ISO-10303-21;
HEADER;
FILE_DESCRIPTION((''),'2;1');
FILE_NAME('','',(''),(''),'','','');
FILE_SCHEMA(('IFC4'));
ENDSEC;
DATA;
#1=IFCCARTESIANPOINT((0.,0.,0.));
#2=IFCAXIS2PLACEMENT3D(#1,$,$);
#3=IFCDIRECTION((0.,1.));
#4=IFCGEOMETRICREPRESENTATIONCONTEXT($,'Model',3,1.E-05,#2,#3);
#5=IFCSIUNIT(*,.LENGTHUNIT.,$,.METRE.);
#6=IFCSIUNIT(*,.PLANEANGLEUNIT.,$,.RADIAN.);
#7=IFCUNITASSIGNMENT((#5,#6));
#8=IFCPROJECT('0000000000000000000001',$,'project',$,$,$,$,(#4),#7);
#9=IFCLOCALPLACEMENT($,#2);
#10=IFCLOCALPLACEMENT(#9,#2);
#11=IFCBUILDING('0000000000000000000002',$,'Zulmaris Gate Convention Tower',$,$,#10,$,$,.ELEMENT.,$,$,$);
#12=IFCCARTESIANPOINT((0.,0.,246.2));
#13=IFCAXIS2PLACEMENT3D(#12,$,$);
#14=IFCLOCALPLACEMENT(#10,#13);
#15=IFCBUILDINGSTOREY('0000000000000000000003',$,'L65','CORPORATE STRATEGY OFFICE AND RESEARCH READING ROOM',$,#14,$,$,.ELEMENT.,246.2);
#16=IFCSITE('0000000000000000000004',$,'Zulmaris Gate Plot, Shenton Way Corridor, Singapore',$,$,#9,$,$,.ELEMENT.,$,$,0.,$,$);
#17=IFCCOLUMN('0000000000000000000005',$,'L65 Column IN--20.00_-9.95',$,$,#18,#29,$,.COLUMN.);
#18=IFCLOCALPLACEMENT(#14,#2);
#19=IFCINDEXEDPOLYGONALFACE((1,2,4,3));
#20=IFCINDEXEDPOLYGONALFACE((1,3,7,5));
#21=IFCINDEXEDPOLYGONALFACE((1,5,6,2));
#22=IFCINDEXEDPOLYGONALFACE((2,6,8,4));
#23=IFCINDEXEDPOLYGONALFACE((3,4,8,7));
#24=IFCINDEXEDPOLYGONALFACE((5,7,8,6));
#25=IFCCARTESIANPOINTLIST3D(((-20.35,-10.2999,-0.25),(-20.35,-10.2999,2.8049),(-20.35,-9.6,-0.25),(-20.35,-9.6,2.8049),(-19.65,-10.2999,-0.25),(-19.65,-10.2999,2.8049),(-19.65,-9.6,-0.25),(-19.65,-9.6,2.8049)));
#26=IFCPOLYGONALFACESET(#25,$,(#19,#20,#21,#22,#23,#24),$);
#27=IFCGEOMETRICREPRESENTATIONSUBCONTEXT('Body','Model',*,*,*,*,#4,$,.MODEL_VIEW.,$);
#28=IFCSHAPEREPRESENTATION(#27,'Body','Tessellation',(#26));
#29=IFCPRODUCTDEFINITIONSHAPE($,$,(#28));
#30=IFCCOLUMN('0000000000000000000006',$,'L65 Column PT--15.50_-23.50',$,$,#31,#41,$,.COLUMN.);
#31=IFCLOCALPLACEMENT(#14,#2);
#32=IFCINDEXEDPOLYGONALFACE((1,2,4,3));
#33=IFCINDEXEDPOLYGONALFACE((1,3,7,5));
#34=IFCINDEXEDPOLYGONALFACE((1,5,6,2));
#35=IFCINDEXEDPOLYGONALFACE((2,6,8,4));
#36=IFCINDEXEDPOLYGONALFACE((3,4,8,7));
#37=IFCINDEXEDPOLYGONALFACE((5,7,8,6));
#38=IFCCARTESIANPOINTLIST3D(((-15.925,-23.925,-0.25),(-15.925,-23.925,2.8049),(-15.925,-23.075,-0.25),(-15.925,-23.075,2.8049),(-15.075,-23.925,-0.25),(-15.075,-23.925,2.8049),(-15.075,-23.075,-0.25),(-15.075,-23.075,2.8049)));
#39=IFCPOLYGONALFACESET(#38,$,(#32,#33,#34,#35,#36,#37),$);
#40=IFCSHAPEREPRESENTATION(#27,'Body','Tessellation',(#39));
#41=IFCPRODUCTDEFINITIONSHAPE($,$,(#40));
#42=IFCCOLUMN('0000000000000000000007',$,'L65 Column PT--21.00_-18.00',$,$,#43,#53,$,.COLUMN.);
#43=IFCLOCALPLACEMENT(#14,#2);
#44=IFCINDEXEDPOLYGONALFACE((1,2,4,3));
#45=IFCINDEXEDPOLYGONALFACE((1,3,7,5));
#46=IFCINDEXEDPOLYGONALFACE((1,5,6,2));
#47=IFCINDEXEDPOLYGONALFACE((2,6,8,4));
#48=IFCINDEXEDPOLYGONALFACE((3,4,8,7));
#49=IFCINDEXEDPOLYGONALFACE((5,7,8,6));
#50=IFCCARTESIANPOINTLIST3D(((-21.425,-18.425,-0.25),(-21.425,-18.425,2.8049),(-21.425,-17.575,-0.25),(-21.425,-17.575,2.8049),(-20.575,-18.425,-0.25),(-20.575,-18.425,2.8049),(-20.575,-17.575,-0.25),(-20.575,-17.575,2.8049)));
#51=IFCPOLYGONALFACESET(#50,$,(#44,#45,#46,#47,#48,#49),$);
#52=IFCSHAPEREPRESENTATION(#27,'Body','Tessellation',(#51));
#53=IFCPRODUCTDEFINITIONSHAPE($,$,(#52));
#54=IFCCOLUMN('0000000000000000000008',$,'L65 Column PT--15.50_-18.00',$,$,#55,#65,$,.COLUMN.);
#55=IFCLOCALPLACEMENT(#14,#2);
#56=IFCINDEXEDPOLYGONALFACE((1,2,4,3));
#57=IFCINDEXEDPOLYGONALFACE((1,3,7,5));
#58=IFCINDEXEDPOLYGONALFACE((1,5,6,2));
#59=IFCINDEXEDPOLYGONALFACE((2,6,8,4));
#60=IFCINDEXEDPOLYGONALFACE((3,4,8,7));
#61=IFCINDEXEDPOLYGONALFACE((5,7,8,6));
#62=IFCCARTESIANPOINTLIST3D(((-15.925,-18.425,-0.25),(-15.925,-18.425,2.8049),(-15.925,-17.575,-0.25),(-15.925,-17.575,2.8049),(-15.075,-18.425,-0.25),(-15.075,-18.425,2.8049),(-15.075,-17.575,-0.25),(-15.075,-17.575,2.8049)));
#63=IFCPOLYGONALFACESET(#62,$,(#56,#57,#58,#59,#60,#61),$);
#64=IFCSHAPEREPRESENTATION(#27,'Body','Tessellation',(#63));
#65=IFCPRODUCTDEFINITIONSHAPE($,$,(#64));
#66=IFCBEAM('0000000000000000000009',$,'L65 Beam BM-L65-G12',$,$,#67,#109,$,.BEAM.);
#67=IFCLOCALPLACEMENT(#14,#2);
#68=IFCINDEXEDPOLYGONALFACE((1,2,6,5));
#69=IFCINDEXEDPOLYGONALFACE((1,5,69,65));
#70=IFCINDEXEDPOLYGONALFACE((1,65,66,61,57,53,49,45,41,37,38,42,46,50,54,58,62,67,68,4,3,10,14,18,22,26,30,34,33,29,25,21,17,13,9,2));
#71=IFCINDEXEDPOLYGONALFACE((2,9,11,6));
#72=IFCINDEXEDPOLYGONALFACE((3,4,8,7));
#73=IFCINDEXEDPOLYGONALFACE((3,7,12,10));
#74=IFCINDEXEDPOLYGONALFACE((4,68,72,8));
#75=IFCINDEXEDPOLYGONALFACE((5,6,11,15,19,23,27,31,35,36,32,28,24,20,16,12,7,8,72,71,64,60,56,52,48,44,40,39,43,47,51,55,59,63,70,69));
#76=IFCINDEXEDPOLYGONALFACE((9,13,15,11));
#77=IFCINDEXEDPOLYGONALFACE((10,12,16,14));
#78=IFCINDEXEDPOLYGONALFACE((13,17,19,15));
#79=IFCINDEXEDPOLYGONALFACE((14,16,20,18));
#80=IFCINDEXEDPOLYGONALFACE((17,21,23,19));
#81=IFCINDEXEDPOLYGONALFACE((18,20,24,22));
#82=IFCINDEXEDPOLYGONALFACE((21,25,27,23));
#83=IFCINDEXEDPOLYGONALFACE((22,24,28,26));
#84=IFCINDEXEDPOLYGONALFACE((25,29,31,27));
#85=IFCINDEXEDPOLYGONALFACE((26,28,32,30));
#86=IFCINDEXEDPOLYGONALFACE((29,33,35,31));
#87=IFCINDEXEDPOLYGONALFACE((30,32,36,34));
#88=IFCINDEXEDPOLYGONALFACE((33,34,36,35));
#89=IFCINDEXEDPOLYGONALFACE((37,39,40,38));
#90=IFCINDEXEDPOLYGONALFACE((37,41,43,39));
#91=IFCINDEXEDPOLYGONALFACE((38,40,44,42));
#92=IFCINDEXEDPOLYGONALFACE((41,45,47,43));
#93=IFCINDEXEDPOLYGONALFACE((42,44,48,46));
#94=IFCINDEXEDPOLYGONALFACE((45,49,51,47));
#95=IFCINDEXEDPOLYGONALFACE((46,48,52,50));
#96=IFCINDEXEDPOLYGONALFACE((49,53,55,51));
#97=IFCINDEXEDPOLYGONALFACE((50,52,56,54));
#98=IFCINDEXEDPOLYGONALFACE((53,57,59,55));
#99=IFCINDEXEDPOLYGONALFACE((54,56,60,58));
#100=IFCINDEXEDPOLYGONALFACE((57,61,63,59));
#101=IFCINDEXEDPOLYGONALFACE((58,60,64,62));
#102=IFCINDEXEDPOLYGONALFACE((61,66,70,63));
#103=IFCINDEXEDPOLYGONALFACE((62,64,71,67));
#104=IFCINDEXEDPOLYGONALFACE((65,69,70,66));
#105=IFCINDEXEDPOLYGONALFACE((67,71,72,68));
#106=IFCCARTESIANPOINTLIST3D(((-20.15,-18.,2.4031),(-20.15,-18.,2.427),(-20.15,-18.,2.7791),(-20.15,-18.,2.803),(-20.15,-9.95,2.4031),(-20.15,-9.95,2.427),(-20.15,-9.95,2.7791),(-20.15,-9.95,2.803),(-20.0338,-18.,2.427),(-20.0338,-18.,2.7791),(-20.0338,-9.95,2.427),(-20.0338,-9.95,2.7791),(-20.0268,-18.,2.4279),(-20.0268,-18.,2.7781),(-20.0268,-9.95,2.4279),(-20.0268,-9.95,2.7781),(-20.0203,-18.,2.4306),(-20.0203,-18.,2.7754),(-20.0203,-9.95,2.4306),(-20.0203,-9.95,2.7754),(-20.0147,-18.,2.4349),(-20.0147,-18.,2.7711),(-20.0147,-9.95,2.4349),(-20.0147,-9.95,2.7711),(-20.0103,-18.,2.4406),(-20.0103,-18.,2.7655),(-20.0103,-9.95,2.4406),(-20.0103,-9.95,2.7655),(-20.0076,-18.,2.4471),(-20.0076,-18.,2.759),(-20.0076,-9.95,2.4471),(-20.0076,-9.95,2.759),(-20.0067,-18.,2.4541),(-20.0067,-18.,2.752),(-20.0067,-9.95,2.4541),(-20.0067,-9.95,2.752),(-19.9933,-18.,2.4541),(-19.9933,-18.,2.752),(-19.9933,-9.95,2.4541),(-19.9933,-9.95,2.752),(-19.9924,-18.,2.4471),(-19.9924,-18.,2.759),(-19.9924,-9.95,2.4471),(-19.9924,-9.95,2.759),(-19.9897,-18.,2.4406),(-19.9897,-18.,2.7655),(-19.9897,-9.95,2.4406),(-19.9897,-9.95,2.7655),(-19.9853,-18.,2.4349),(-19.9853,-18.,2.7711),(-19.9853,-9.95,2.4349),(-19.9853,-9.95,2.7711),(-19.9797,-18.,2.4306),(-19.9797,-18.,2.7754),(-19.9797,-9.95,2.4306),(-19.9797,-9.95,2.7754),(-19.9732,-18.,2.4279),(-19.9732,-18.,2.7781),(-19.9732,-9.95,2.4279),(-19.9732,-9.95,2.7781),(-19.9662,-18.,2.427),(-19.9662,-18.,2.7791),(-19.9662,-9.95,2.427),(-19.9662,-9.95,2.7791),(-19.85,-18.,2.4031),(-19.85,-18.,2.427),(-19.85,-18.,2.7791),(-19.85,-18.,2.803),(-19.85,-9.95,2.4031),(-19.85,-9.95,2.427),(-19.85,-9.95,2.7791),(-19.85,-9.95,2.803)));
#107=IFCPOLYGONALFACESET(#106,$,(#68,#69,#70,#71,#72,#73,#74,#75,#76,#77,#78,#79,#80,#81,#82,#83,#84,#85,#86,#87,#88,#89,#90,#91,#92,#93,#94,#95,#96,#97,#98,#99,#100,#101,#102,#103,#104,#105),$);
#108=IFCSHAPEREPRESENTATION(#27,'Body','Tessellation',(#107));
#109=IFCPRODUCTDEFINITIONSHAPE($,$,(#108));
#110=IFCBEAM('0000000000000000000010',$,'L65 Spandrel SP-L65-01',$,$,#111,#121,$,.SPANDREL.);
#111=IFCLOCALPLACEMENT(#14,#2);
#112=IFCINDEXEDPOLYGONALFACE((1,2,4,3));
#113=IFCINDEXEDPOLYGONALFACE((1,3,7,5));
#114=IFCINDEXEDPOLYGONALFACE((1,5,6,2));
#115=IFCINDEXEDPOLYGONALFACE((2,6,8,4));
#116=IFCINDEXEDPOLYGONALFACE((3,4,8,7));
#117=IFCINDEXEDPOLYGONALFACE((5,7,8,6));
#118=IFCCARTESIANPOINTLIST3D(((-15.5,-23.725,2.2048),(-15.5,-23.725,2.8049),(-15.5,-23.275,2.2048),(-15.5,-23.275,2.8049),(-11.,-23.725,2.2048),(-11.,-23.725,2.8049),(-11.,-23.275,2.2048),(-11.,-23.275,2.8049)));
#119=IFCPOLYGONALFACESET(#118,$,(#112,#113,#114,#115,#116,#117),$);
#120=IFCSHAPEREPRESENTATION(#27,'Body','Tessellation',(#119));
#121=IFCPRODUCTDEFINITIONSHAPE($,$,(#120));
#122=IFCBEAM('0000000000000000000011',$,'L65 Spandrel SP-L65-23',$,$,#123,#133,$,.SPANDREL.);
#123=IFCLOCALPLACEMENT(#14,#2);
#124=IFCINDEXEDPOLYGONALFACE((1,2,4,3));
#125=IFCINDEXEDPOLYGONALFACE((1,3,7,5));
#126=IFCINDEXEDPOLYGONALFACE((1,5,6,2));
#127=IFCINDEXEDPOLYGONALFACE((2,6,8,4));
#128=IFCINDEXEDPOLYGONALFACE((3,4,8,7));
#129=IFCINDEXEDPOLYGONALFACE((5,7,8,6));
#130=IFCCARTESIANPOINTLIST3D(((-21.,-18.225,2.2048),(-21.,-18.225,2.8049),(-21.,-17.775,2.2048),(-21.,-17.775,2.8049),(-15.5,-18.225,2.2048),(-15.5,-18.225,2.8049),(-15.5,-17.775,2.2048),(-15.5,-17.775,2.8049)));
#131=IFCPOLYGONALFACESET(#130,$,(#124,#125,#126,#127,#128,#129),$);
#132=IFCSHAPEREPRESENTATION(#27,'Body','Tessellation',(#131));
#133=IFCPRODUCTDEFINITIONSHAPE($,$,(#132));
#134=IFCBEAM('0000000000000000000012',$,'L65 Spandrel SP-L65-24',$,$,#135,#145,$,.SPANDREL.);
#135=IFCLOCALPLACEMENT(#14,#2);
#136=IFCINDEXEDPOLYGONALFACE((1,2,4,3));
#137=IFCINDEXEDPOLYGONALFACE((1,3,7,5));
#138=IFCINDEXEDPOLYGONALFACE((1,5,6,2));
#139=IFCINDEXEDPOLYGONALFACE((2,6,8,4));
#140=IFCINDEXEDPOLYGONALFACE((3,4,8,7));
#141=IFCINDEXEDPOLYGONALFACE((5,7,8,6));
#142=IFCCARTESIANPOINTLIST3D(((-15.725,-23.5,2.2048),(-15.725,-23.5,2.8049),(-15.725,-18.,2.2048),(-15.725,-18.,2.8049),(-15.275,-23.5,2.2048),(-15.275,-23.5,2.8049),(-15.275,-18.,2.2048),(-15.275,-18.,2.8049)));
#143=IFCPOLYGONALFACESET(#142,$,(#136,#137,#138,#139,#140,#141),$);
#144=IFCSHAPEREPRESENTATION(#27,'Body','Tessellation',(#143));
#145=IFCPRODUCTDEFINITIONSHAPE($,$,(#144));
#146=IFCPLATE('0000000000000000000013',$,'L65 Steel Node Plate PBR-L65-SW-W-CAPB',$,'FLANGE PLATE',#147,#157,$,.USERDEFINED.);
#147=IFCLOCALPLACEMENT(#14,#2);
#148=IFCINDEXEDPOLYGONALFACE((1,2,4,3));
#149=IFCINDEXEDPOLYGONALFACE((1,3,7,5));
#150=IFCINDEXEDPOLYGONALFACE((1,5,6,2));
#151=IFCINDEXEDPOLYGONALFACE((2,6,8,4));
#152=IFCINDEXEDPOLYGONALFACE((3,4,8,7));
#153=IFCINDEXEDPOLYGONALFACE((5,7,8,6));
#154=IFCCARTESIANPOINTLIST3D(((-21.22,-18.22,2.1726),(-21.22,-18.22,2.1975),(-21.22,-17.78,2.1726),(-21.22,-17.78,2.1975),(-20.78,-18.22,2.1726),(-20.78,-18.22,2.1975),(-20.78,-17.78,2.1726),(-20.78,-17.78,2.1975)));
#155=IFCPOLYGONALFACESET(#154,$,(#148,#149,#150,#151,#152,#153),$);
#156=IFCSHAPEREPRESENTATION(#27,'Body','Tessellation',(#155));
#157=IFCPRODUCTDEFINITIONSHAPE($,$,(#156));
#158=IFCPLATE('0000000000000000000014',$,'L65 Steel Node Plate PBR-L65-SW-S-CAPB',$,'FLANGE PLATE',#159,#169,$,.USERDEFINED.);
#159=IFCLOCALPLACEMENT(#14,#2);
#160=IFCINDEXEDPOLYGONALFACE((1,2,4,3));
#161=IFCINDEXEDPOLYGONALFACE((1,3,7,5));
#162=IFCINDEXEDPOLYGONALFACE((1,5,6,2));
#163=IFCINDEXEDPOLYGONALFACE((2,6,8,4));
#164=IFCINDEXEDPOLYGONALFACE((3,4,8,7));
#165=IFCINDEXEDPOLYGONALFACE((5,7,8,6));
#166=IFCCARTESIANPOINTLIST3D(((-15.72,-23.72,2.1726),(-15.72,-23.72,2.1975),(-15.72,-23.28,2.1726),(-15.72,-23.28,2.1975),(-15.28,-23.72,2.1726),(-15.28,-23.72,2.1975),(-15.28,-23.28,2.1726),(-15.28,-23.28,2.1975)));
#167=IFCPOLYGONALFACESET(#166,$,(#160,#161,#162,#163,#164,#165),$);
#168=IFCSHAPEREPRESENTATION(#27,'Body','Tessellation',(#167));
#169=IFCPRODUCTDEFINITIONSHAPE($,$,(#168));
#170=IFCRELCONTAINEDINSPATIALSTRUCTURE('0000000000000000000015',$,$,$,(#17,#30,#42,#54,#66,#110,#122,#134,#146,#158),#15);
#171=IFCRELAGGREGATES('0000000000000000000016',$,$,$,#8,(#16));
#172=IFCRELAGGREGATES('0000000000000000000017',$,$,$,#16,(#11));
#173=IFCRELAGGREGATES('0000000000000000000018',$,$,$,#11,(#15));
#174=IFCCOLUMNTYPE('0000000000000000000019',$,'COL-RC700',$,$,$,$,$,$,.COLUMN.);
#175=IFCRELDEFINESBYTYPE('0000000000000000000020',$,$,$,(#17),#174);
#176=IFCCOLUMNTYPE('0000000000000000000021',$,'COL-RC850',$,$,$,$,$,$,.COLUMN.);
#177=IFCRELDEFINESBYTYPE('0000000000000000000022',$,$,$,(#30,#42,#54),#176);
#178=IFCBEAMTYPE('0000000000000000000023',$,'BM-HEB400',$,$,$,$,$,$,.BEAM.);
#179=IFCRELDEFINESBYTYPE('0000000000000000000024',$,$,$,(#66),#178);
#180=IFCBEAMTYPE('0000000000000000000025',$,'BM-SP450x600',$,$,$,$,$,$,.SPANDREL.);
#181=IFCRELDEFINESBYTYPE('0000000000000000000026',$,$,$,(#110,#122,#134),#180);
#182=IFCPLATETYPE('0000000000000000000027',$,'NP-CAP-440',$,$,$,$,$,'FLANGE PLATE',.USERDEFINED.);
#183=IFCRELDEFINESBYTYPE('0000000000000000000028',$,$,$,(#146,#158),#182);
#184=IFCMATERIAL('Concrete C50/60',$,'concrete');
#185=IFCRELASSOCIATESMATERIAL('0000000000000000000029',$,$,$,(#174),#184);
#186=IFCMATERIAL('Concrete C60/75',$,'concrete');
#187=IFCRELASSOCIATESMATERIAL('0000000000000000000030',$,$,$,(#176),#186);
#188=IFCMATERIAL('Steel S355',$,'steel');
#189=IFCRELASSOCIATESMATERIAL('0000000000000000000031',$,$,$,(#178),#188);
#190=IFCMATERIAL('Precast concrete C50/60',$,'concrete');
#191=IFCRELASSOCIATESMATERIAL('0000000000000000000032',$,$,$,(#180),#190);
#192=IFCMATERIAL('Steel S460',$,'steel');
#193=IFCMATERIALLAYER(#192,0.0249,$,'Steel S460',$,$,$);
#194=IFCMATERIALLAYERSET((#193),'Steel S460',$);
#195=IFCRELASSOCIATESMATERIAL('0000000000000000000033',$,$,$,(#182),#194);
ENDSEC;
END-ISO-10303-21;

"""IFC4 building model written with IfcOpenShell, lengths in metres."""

from ifc_helpers import new_model, si_unit, direction, frame, origin, origin_2d, place, context, subcontext, project, spatial, rectangle, i_section, extrude, material, layer, layer_set, material_profile, profile_set, type_object, element, save


model = new_model("IFC4")

# Units and contexts
model_context = context("Model", 3, precision=1e-05, world=origin(), true_north=direction((0.0, 1.0)))
body_context = subcontext(model_context, "Body", "Model", "MODEL_VIEW")
ifc_project = project(units=[si_unit("LENGTHUNIT", "METRE"), si_unit("PLANEANGLEUNIT", "RADIAN")], contexts=[model_context])

# Site, building, storey
site_placement = place(None, origin())
site = spatial("IfcSite", under=ifc_project, at=site_placement, Name="Zulmaris Gate Plot, Shenton Way Corridor, Singapore", CompositionType="ELEMENT", RefElevation=0.0)
building_placement = place(site_placement, origin())
building = spatial("IfcBuilding", under=site, at=building_placement, Name="Zulmaris Gate Convention Tower", CompositionType="ELEMENT")
storey_placement = place(building_placement, frame((0.0, 0.0, 246.2)))
storey = spatial("IfcBuildingStorey", under=building, at=storey_placement, Name="L65", Description="CORPORATE STRATEGY OFFICE AND RESEARCH READING ROOM", CompositionType="ELEMENT", Elevation=246.2)

# Columns
ifc_material_1 = material(Name="Concrete C50/60", Category="concrete")
ifc_material_profile_1 = material_profile(ifc_material_1, rectangle(XDim=0.7, YDim=0.7, at=origin_2d()), Name="RC COL 700x700")
ifc_profile_set_1 = profile_set([ifc_material_profile_1], Name="Concrete C50/60")
column_type_1 = type_object("IfcColumnType", Name="COL-RC700", PredefinedType="COLUMN", material=ifc_profile_set_1)
column_placement = place(storey_placement, frame((-20.0, -9.95, -0.25), z_axis=(0.0, 0.0, 1.0), x_axis=(1.0, 0.0, 0.0)))
element("IfcColumn", 1, at=column_placement, inside=storey, type_object=column_type_1, Name="L65 Column IN--20.00_-9.95", PredefinedType="COLUMN", context=body_context, shape_type="SweptSolid", body=[
    extrude(rectangle(XDim=0.7, YDim=0.7, at=origin_2d()), origin(), (0.0, 0.0, 1.0), 3.0549),
])
ifc_material_2 = material(Name="Concrete C60/75", Category="concrete")
ifc_material_profile_2 = material_profile(ifc_material_2, rectangle(XDim=0.8501, YDim=0.8501, at=origin_2d()), Name="RC COL 850x850")
ifc_profile_set_2 = profile_set([ifc_material_profile_2], Name="Concrete C60/75")
column_type_2 = type_object("IfcColumnType", Name="COL-RC850", PredefinedType="COLUMN", material=ifc_profile_set_2)
for number, where, z_axis, x_axis, name in (
    (2, (-15.5, -23.5, -0.25), (0.0, 0.0, 1.0), (1.0, 0.0, 0.0), "L65 Column PT--15.50_-23.50"),
    (3, (-21.0, -18.0, -0.25), (0.0, 0.0, 1.0), (1.0, 0.0, 0.0), "L65 Column PT--21.00_-18.00"),
    (4, (-15.5, -18.0, -0.25), (0.0, 0.0, 1.0), (1.0, 0.0, 0.0), "L65 Column PT--15.50_-18.00"),
):
    element("IfcColumn", number, at=place(storey_placement, frame(where, z_axis=z_axis, x_axis=x_axis)), inside=storey, type_object=column_type_2, Name=name, PredefinedType="COLUMN", context=body_context, shape_type="SweptSolid", body=[
        extrude(rectangle(XDim=0.8501, YDim=0.8501, at=origin_2d()), origin(), (0.0, 0.0, 1.0), 3.0549),
    ])

# Beams
ifc_material_3 = material(Name="Steel S355", Category="steel")
ifc_material_profile_3 = material_profile(ifc_material_3, i_section(OverallWidth=0.3, OverallDepth=0.3999, WebThickness=0.0134, FlangeThickness=0.0239, FilletRadius=0.0271, at=origin_2d()), Name="HEB 400")
ifc_profile_set_3 = profile_set([ifc_material_profile_3], Name="Steel S355")
beam_type_1 = type_object("IfcBeamType", Name="BM-HEB400", PredefinedType="BEAM", material=ifc_profile_set_3)
beam_1_placement = place(storey_placement, frame((-20.0, -18.0, 2.603), z_axis=(0.0, 1.0, 0.0), x_axis=(-1.0, 0.0, 0.0)))
element("IfcBeam", 5, at=beam_1_placement, inside=storey, type_object=beam_type_1, Name="L65 Beam BM-L65-G12", PredefinedType="BEAM", context=body_context, shape_type="SweptSolid", body=[
    extrude(i_section(OverallWidth=0.3, OverallDepth=0.3999, WebThickness=0.0134, FlangeThickness=0.0239, FilletRadius=0.0271, at=origin_2d()), origin(), (0.0, 0.0, 1.0), 8.05),
])
ifc_material_4 = material(Name="Precast concrete C50/60", Category="concrete")
ifc_material_profile_4 = material_profile(ifc_material_4, rectangle(XDim=0.45, YDim=0.6001, at=origin_2d()), Name="RC SPANDREL 450x600")
ifc_profile_set_4 = profile_set([ifc_material_profile_4], Name="Precast concrete C50/60")
beam_type_2 = type_object("IfcBeamType", Name="BM-SP450x600", PredefinedType="SPANDREL", material=ifc_profile_set_4)
beam_2_placement = place(storey_placement, frame((-15.5, -23.5, 2.5049), z_axis=(1.0, 0.0, 0.0), x_axis=(0.0, 1.0, 0.0)))
element("IfcBeam", 6, at=beam_2_placement, inside=storey, type_object=beam_type_2, Name="L65 Spandrel SP-L65-01", PredefinedType="SPANDREL", context=body_context, shape_type="SweptSolid", body=[
    extrude(rectangle(XDim=0.45, YDim=0.6001, at=origin_2d()), origin(), (0.0, 0.0, 1.0), 4.5),
])
for number, where, z_axis, x_axis, name in (
    (7, (-21.0, -18.0, 2.5049), (1.0, 0.0, 0.0), (0.0, 1.0, 0.0), "L65 Spandrel SP-L65-23"),
    (8, (-15.5, -18.0, 2.5049), (0.0, -1.0, 0.0), (1.0, 0.0, 0.0), "L65 Spandrel SP-L65-24"),
):
    element("IfcBeam", number, at=place(storey_placement, frame(where, z_axis=z_axis, x_axis=x_axis)), inside=storey, type_object=beam_type_2, Name=name, PredefinedType="SPANDREL", context=body_context, shape_type="SweptSolid", body=[
        extrude(rectangle(XDim=0.45, YDim=0.6001, at=origin_2d()), origin(), (0.0, 0.0, 1.0), 5.5),
    ])

# Plates
ifc_material_5 = material(Name="Steel S460", Category="steel")
ifc_layer_1 = layer(ifc_material_5, 0.0249, Name="Steel S460")
ifc_layer_set_1 = layer_set([ifc_layer_1], Name="Steel S460")
plate_type = type_object("IfcPlateType", Name="NP-CAP-440", ElementType="FLANGE PLATE", PredefinedType="USERDEFINED", material=ifc_layer_set_1)
for number, where, z_axis, x_axis, name in (
    (9, (-21.0, -18.0, 2.1726), (0.0, 0.0, 1.0), (1.0, 0.0, 0.0), "L65 Steel Node Plate PBR-L65-SW-W-CAPB"),
    (10, (-15.5, -23.5, 2.1726), (0.0, 0.0, 1.0), (1.0, 0.0, 0.0), "L65 Steel Node Plate PBR-L65-SW-S-CAPB"),
):
    element("IfcPlate", number, at=place(storey_placement, frame(where, z_axis=z_axis, x_axis=x_axis)), inside=storey, type_object=plate_type, Name=name, ObjectType="FLANGE PLATE", PredefinedType="USERDEFINED", context=body_context, shape_type="SweptSolid", body=[
        extrude(rectangle(XDim=0.4399, YDim=0.4399, at=origin_2d()), origin(), (0.0, 0.0, 1.0), 0.0249),
    ])

save(model, "model.ifc")
